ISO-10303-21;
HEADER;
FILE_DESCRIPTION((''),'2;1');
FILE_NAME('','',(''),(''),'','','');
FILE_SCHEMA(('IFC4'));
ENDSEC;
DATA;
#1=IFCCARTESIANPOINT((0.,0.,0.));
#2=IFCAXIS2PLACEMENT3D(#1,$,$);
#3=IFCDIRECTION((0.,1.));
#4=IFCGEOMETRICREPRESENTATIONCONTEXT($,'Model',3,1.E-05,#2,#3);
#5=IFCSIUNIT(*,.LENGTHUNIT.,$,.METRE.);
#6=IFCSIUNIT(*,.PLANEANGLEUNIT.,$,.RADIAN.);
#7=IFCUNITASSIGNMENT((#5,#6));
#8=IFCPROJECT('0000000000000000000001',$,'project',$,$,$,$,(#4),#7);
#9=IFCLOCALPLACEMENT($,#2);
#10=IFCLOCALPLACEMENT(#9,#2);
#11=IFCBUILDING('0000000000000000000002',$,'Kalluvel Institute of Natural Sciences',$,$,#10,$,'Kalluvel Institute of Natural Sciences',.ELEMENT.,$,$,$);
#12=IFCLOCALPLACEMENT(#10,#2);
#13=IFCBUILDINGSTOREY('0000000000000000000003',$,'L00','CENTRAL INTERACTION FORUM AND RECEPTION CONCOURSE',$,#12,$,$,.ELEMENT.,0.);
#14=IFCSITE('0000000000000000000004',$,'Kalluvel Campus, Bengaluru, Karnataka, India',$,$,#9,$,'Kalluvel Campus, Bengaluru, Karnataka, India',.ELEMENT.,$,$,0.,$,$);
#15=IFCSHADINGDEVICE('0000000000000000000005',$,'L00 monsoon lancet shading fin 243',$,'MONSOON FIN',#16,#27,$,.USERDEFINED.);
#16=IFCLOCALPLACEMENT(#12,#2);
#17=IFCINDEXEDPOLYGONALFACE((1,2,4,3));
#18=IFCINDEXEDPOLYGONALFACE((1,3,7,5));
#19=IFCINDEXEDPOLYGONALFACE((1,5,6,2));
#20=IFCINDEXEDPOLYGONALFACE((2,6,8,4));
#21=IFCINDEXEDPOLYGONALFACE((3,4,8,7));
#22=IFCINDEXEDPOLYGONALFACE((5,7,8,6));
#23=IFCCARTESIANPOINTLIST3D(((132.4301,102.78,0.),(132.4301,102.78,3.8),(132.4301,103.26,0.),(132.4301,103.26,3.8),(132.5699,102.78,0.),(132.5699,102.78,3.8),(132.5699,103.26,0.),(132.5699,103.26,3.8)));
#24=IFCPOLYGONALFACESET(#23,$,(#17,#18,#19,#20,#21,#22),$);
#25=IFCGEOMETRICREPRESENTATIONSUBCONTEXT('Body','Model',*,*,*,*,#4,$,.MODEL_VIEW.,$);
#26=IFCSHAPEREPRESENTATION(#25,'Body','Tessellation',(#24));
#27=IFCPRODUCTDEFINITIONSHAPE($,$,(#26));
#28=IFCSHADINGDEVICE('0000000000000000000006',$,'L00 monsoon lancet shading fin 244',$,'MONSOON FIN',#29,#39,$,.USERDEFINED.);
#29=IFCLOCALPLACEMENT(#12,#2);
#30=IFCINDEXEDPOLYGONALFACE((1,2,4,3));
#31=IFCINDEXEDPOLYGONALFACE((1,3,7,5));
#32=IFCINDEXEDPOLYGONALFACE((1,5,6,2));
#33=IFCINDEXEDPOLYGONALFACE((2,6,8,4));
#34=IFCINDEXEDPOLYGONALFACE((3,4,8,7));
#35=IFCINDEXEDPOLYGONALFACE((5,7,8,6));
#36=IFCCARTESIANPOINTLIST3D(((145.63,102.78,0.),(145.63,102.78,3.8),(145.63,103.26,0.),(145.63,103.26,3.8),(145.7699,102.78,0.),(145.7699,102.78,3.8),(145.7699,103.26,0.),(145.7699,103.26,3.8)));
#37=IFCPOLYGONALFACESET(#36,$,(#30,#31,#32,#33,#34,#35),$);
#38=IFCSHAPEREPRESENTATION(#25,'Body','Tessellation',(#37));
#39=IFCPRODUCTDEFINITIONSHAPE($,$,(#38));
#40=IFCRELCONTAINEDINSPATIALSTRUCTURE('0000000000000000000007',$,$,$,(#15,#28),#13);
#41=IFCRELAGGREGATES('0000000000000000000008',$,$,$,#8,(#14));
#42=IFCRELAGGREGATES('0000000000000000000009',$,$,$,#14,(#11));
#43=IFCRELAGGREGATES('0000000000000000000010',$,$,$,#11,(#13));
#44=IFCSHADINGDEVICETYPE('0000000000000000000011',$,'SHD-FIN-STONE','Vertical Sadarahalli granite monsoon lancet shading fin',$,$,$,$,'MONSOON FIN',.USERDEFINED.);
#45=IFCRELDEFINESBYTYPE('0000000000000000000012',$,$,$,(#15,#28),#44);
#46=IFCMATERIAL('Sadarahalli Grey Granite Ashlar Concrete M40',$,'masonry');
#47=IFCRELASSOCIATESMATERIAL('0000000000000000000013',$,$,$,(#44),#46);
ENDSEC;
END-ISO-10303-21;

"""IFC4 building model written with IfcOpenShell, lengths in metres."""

from ifc_helpers import new_model, si_unit, direction, frame, origin, origin_2d, place, context, subcontext, project, spatial, rectangle, extrude, material, type_object, element, save


model = new_model("IFC4")

# Units and contexts
model_context = context("Model", 3, precision=1e-05, world=origin(), true_north=direction((0.0, 1.0)))
body_context = subcontext(model_context, "Body", "Model", "MODEL_VIEW")
ifc_project = project(units=[si_unit("LENGTHUNIT", "METRE"), si_unit("PLANEANGLEUNIT", "RADIAN")], contexts=[model_context])

# Site, building, storey
site_placement = place(None, origin())
site = spatial("IfcSite", under=ifc_project, at=site_placement, Name="Kalluvel Campus, Bengaluru, Karnataka, India", LongName="Kalluvel Campus, Bengaluru, Karnataka, India", CompositionType="ELEMENT", RefElevation=0.0)
building_placement = place(site_placement, origin())
building = spatial("IfcBuilding", under=site, at=building_placement, Name="Kalluvel Institute of Natural Sciences", LongName="Kalluvel Institute of Natural Sciences", CompositionType="ELEMENT")
storey_placement = place(building_placement, origin())
storey = spatial("IfcBuildingStorey", under=building, at=storey_placement, Name="L00", Description="CENTRAL INTERACTION FORUM AND RECEPTION CONCOURSE", CompositionType="ELEMENT", Elevation=0.0)

# Shading devices
ifc_material_1 = material(Name="Sadarahalli Grey Granite Ashlar Concrete M40", Category="masonry")
shading_device_type = type_object("IfcShadingDeviceType", Name="SHD-FIN-STONE", Description="Vertical Sadarahalli granite monsoon lancet shading fin", ElementType="MONSOON FIN", PredefinedType="USERDEFINED", material=ifc_material_1)
for number, where, z_axis, x_axis, name in (
    (1, (132.5, 103.02, 0.0), (0.0, 0.0, 1.0), (1.0, 0.0, 0.0), "L00 monsoon lancet shading fin 243"),
    (2, (145.7, 103.02, 0.0), (0.0, 0.0, 1.0), (1.0, 0.0, 0.0), "L00 monsoon lancet shading fin 244"),
):
    element("IfcShadingDevice", number, at=place(storey_placement, frame(where, z_axis=z_axis, x_axis=x_axis)), inside=storey, type_object=shading_device_type, Name=name, ObjectType="MONSOON FIN", PredefinedType="USERDEFINED", context=body_context, shape_type="SweptSolid", body=[
        extrude(rectangle(XDim=0.1399, YDim=0.48, at=origin_2d()), origin(), (0.0, 0.0, 1.0), 3.8),
    ])

save(model, "model.ifc")
